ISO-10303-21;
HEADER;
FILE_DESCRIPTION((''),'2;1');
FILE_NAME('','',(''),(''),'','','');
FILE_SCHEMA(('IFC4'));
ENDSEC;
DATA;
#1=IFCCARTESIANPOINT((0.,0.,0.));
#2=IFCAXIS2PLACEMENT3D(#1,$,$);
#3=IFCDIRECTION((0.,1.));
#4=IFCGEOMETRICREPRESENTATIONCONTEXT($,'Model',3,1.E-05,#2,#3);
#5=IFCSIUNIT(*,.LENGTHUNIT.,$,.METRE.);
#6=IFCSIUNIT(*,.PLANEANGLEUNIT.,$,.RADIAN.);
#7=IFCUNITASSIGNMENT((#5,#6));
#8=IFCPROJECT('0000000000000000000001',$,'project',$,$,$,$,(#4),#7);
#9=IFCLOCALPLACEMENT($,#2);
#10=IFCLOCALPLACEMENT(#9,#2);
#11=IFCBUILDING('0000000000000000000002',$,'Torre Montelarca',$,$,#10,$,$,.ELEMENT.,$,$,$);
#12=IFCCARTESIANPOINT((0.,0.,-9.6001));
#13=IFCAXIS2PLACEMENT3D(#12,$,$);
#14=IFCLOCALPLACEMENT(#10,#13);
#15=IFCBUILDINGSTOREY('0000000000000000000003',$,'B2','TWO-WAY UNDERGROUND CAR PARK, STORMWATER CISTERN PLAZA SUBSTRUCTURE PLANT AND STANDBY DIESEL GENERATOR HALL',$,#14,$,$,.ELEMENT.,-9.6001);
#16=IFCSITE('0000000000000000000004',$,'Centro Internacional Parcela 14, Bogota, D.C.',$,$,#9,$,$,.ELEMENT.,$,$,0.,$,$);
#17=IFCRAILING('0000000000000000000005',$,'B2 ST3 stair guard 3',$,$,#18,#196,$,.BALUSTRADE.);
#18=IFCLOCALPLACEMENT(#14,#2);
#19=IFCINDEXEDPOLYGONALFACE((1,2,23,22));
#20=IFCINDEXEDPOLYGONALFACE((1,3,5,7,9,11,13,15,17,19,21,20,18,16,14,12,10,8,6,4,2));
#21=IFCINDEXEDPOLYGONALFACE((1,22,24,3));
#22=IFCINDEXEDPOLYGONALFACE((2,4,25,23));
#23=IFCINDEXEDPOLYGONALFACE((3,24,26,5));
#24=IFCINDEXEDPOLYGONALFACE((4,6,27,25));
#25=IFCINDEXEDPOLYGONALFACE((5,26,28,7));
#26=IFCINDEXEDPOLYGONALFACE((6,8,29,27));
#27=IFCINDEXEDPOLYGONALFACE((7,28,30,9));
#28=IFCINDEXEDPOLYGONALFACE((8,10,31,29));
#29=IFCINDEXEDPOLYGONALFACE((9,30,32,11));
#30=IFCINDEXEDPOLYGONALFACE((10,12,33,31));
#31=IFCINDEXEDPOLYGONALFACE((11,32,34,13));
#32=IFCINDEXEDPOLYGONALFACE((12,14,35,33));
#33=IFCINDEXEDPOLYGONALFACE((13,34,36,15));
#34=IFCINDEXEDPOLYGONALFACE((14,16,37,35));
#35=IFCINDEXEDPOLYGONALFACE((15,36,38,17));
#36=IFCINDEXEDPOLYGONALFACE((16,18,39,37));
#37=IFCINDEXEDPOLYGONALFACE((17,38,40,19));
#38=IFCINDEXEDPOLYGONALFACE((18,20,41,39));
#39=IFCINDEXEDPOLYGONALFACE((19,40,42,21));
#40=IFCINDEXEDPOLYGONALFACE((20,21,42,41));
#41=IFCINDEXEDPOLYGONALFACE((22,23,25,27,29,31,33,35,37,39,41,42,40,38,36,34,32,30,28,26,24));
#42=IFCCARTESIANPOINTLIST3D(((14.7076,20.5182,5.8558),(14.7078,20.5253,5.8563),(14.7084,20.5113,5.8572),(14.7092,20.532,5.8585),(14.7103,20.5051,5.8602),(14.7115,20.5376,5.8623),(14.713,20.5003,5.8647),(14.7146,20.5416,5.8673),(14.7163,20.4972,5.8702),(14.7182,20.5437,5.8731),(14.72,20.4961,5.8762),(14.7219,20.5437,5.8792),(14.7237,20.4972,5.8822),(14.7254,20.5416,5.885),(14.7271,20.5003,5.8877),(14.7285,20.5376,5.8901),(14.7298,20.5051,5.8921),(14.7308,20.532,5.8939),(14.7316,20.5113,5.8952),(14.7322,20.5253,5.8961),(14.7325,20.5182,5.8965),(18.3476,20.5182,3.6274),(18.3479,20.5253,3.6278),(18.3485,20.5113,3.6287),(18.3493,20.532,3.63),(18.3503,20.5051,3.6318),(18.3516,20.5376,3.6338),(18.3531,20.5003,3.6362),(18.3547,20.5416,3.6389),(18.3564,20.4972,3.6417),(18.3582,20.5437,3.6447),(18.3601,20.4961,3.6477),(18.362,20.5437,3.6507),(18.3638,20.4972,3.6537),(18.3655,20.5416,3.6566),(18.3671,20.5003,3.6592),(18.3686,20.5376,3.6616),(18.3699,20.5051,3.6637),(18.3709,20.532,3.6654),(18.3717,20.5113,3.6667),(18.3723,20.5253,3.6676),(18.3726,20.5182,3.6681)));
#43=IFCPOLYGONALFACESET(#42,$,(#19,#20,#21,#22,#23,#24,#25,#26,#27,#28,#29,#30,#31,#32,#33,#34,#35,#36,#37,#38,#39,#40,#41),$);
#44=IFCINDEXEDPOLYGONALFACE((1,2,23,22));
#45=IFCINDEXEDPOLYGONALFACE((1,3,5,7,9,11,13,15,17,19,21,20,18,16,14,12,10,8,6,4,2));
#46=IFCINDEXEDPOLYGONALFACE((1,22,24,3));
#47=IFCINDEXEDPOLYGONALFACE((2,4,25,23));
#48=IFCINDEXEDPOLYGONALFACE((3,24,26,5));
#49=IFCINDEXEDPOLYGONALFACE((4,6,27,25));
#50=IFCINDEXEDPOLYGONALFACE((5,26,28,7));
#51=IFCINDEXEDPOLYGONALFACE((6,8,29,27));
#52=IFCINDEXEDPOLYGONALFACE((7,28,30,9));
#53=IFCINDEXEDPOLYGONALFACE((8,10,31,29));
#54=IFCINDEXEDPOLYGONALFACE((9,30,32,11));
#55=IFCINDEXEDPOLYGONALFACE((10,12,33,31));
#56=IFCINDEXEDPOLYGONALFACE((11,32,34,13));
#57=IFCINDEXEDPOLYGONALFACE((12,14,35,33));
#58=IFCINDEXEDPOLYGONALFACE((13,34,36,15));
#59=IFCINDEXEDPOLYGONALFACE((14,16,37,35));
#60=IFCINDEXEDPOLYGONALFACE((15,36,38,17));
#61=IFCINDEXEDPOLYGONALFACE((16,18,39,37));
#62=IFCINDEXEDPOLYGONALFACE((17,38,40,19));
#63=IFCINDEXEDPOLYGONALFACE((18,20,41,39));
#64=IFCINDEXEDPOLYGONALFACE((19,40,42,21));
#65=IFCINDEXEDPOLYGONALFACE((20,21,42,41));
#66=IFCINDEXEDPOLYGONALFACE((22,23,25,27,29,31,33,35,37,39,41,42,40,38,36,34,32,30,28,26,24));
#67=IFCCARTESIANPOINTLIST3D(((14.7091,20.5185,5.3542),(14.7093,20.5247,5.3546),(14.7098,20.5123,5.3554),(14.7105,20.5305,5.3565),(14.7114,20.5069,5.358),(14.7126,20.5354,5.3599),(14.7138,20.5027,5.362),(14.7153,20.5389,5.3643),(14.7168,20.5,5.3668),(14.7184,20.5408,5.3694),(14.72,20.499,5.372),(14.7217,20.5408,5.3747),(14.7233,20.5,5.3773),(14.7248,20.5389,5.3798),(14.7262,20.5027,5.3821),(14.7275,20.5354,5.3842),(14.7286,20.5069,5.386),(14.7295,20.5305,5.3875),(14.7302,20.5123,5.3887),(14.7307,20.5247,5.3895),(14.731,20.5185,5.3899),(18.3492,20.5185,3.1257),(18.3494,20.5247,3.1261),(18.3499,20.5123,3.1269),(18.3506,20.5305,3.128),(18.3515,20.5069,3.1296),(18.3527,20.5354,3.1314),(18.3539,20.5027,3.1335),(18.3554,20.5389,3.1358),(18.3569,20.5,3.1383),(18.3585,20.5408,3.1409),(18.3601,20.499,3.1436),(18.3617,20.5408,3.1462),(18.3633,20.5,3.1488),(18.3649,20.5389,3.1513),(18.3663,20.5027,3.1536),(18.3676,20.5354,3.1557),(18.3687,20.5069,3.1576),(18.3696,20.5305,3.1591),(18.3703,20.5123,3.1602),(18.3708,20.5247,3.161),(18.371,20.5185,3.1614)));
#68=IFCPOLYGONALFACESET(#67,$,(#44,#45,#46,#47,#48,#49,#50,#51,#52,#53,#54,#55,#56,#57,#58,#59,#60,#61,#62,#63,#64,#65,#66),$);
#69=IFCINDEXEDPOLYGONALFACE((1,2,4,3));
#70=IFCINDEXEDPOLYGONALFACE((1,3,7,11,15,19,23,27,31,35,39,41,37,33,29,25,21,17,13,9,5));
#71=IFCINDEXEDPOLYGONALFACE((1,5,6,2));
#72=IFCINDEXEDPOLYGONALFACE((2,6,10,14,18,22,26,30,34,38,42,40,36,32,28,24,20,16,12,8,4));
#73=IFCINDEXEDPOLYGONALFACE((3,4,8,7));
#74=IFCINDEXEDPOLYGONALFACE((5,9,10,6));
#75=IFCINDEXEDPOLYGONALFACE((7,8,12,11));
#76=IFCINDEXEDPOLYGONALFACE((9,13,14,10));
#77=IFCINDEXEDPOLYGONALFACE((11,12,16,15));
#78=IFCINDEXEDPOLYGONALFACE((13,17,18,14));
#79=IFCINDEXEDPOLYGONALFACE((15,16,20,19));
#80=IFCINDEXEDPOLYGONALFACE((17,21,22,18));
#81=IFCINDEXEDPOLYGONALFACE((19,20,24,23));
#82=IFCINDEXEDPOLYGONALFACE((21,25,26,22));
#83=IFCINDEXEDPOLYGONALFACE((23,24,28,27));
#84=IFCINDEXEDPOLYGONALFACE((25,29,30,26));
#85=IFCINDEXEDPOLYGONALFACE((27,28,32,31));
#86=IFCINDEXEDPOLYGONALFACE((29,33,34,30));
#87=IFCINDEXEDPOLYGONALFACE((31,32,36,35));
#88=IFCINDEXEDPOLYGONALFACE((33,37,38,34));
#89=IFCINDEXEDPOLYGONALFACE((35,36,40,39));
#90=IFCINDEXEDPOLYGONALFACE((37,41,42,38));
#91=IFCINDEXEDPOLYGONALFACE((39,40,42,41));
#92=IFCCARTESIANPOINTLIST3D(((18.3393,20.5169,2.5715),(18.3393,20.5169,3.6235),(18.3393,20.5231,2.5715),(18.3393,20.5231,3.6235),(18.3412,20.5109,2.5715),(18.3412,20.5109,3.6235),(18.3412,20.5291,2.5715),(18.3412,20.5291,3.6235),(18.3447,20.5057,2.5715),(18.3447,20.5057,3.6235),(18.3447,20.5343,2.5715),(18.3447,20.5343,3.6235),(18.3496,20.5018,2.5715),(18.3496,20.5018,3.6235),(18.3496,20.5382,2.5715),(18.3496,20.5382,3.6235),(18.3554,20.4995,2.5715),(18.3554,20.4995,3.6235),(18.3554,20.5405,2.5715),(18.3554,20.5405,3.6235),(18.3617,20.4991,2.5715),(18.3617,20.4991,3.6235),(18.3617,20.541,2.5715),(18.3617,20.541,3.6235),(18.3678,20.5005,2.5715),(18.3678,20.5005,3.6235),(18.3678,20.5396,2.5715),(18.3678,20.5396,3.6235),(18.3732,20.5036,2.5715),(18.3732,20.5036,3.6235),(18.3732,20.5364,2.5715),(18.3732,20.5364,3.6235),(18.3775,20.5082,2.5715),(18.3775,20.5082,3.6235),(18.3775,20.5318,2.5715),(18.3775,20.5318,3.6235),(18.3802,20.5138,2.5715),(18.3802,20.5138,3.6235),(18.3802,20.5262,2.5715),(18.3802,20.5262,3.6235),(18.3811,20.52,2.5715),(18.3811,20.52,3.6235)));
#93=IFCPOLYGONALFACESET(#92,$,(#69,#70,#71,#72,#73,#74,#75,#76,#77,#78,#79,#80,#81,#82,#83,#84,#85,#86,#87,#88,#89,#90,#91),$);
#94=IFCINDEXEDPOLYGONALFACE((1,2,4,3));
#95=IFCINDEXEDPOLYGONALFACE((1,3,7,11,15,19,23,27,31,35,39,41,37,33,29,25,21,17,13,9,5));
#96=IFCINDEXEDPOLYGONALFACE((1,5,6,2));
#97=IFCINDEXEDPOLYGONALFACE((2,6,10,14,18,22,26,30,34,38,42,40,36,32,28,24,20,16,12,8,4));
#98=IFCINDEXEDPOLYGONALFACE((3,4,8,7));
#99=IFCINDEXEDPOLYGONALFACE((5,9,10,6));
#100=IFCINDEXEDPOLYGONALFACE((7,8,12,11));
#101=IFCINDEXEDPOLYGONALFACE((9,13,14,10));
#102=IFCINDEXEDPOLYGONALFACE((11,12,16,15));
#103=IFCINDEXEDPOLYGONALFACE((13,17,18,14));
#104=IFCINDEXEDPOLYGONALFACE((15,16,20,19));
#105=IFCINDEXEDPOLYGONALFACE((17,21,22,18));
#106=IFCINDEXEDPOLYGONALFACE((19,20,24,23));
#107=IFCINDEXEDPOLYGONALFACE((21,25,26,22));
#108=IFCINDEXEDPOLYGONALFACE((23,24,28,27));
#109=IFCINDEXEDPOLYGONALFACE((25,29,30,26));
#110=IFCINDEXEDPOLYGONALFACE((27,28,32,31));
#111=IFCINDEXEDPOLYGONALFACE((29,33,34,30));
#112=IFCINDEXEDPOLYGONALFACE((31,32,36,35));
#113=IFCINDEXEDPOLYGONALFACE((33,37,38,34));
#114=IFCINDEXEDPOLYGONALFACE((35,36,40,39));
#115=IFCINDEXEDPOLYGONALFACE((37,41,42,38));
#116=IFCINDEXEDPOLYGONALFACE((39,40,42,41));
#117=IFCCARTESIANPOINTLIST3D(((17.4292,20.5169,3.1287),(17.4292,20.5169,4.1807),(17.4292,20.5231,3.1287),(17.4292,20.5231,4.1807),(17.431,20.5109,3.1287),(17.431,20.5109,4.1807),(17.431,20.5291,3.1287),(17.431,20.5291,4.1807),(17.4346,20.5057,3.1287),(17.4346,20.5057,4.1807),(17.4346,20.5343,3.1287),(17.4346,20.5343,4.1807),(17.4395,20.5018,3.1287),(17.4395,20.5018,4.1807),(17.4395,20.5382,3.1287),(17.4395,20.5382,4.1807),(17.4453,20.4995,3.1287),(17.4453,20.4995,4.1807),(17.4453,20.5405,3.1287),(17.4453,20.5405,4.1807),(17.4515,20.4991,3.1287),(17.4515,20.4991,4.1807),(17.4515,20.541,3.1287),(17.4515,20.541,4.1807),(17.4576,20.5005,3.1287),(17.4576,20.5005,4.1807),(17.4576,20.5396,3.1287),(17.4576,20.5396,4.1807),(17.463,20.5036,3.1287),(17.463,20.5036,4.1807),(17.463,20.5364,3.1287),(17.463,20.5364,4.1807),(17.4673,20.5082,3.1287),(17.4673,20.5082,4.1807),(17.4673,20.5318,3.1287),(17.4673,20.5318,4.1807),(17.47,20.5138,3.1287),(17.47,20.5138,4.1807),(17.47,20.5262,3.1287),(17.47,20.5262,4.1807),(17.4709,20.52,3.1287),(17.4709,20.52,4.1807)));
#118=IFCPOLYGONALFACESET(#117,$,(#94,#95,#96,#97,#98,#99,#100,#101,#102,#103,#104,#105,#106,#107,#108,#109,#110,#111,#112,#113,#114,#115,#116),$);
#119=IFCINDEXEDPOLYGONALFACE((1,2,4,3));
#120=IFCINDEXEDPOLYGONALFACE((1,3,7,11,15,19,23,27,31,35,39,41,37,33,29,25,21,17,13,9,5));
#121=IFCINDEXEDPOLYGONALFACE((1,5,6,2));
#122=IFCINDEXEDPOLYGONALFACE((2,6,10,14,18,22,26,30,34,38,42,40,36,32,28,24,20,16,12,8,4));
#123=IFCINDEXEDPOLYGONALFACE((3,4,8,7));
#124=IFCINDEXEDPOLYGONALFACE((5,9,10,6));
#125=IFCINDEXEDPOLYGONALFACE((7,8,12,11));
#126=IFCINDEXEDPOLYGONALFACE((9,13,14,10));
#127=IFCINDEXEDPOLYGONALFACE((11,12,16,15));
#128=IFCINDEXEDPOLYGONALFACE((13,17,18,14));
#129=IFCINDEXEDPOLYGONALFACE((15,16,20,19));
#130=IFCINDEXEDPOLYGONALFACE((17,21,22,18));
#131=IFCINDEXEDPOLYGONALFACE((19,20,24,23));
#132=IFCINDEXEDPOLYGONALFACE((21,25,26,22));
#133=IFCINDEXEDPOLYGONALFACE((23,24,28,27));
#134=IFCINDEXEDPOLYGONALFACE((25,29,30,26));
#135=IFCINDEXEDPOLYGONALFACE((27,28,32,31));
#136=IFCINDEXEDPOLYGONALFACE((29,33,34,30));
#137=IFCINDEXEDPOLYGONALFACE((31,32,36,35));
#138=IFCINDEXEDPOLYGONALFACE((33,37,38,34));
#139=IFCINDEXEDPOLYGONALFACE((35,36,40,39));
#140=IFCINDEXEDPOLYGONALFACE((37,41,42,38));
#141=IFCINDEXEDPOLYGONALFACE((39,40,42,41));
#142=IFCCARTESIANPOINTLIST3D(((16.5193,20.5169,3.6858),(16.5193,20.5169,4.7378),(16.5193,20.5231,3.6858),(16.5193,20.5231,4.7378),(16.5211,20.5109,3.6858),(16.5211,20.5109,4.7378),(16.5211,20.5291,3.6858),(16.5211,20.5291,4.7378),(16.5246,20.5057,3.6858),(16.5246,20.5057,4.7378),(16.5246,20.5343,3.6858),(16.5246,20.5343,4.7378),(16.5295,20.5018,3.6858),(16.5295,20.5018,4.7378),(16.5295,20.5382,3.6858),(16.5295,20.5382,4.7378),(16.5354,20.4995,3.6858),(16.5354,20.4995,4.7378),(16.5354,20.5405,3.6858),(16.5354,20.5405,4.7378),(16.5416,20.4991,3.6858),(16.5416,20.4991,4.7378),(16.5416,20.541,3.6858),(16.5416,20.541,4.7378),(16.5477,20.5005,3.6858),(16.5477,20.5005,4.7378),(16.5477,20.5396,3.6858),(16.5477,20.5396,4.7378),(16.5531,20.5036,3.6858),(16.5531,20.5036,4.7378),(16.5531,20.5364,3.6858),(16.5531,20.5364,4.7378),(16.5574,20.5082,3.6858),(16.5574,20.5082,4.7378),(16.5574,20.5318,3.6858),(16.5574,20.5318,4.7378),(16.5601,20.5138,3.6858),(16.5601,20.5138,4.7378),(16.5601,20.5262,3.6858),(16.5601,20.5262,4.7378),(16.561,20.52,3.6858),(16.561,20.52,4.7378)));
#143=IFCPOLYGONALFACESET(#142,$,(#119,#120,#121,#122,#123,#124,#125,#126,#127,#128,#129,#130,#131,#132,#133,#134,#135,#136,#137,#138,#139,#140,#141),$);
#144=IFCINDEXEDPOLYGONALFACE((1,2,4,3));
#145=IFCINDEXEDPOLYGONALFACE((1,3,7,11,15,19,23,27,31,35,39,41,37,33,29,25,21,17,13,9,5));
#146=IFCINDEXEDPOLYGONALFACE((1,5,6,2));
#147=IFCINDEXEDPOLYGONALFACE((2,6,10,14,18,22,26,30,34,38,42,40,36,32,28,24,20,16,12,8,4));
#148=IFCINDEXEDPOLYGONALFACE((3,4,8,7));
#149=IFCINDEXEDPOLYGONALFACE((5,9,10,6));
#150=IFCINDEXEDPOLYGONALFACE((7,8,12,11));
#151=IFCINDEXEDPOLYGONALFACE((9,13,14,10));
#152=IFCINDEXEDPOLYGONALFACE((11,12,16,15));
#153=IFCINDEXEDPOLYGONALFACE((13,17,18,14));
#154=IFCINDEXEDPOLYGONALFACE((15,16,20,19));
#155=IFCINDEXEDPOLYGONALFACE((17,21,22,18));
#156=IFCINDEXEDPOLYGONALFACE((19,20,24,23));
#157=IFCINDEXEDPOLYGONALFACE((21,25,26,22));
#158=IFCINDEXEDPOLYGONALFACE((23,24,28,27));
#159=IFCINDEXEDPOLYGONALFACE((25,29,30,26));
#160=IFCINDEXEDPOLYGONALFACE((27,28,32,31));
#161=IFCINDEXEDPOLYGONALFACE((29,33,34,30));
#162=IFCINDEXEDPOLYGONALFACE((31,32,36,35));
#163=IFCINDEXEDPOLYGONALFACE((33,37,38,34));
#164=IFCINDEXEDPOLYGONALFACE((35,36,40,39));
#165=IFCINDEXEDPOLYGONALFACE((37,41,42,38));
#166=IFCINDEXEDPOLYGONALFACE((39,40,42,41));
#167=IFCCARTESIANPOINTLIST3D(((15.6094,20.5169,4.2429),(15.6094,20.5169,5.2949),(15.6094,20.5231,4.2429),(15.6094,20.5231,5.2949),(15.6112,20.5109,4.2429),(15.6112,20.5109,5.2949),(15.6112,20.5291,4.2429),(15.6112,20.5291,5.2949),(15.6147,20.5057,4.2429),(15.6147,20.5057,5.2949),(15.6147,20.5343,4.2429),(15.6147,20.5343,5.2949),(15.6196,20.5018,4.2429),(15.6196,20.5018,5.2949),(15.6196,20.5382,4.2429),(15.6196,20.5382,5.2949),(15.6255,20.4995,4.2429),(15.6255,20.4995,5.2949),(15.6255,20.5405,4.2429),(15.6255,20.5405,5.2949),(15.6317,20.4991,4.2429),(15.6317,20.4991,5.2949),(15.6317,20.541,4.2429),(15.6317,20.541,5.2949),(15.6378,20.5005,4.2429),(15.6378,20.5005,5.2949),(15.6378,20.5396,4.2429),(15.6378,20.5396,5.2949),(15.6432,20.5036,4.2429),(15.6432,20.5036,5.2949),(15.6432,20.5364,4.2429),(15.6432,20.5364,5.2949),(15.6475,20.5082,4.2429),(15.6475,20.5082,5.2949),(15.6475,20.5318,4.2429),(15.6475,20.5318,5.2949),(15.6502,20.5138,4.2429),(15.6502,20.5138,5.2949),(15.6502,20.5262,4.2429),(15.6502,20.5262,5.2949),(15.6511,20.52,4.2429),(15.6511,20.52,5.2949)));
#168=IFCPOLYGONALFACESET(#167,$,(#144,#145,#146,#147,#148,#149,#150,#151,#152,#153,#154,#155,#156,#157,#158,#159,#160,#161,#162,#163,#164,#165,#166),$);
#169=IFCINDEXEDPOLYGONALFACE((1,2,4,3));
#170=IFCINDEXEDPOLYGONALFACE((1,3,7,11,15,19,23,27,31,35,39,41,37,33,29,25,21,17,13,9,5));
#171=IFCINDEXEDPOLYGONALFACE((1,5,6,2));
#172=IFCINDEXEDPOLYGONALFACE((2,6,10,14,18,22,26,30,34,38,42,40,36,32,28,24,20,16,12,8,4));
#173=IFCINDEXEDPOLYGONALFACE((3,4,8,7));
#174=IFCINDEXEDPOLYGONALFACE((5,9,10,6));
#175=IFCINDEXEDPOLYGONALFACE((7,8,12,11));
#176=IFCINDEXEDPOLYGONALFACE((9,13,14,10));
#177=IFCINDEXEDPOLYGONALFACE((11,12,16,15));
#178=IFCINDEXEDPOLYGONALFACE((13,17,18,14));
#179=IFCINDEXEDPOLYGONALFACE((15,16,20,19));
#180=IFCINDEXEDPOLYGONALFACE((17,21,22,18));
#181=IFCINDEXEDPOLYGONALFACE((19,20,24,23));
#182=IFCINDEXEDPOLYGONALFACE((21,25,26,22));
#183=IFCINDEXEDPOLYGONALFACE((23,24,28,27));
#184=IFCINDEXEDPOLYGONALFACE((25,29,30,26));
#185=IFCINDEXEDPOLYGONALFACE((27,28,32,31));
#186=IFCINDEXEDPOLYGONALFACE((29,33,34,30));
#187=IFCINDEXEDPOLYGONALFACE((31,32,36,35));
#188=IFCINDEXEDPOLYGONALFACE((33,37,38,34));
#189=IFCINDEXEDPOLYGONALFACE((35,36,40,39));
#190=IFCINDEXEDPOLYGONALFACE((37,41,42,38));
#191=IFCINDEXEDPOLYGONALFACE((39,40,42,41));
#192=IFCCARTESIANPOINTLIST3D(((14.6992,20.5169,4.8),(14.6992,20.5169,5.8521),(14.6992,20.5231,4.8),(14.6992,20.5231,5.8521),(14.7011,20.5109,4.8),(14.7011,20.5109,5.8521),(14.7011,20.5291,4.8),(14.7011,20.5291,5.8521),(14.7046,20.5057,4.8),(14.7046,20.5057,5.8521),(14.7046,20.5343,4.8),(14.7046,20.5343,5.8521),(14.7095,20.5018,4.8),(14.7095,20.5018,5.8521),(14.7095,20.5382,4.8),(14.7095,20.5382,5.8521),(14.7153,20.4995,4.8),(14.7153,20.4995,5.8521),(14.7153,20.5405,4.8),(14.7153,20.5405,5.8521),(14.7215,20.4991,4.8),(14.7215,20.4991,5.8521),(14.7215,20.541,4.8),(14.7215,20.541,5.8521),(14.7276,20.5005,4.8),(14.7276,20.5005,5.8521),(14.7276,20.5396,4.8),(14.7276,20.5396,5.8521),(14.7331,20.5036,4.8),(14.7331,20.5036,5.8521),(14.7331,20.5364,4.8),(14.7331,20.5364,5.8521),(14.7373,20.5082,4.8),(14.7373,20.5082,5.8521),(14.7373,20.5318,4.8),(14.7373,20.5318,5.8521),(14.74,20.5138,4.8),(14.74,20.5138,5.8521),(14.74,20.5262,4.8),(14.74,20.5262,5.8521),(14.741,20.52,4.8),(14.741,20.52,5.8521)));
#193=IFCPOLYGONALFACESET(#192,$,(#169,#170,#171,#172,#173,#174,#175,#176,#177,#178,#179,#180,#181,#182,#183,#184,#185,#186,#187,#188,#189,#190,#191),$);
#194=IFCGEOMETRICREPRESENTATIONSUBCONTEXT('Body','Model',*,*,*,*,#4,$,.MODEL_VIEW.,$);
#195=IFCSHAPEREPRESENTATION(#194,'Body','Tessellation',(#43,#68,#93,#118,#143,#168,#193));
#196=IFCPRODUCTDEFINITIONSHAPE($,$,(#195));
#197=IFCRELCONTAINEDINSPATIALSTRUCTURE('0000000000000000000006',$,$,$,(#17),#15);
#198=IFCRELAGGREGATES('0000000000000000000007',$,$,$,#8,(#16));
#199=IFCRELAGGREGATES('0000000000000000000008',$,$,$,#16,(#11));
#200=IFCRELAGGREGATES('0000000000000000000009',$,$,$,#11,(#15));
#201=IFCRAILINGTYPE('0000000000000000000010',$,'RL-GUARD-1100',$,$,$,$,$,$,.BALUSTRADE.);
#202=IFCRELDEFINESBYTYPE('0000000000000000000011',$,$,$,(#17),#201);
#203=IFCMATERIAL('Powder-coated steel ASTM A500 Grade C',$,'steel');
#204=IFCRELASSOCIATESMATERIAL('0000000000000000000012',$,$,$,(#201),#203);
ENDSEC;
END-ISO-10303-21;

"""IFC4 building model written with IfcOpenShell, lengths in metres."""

from ifc_helpers import new_model, si_unit, direction, frame, origin, origin_2d, place, context, subcontext, project, spatial, circle, extrude, material, type_object, element, save


model = new_model("IFC4")

# Units and contexts
model_context = context("Model", 3, precision=1e-05, world=origin(), true_north=direction((0.0, 1.0)))
body_context = subcontext(model_context, "Body", "Model", "MODEL_VIEW")
ifc_project = project(units=[si_unit("LENGTHUNIT", "METRE"), si_unit("PLANEANGLEUNIT", "RADIAN")], contexts=[model_context])

# Site, building, storey
site_placement = place(None, origin())
site = spatial("IfcSite", under=ifc_project, at=site_placement, Name="Centro Internacional Parcela 14, Bogota, D.C.", CompositionType="ELEMENT", RefElevation=0.0)
building_placement = place(site_placement, origin())
building = spatial("IfcBuilding", under=site, at=building_placement, Name="Torre Montelarca", CompositionType="ELEMENT")
storey_placement = place(building_placement, frame((0.0, 0.0, -9.6001)))
storey = spatial("IfcBuildingStorey", under=building, at=storey_placement, Name="B2", Description="TWO-WAY UNDERGROUND CAR PARK, STORMWATER CISTERN PLAZA SUBSTRUCTURE PLANT AND STANDBY DIESEL GENERATOR HALL", CompositionType="ELEMENT", Elevation=-9.6001)

# Railing
ifc_material_1 = material(Name="Powder-coated steel ASTM A500 Grade C", Category="steel")
railing_type_1 = type_object("IfcRailingType", Name="RL-GUARD-1100", PredefinedType="BALUSTRADE", material=ifc_material_1)
railing_1_placement = place(storey_placement, frame((18.3601, 20.52, 2.5715)))
element("IfcRailing", 1, at=railing_1_placement, inside=storey, type_object=railing_type_1, Name="B2 ST3 stair guard 3", PredefinedType="BALUSTRADE", context=body_context, shape_type="SweptSolid", body=[
    extrude(circle(Radius=0.0239, at=origin_2d()), frame((0.0, 0.0, 1.0762), z_axis=(-0.852866, 0.0, 0.52213), x_axis=(0.0, -1.0, 0.0)), (0.0, 0.0, 1.0), 4.2681),
    extrude(circle(Radius=0.021, at=origin_2d()), frame((0.0, 0.0, 0.572), z_axis=(-0.852866, 0.0, 0.52213), x_axis=(0.0, -1.0, 0.0)), (0.0, 0.0, 1.0), 4.2681),
    extrude(circle(Radius=0.021, at=origin_2d()), origin(), (0.0, 0.0, 1.0), 1.052),
    extrude(circle(Radius=0.021, at=origin_2d()), frame((-0.9102, 0.0, 0.5571)), (0.0, 0.0, 1.0), 1.052),
    extrude(circle(Radius=0.021, at=origin_2d()), frame((-1.8201, 0.0, 1.1143)), (0.0, 0.0, 1.0), 1.052),
    extrude(circle(Radius=0.021, at=origin_2d()), frame((-2.73, 0.0, 1.6714)), (0.0, 0.0, 1.0), 1.052),
    extrude(circle(Radius=0.021, at=origin_2d()), frame((-3.6401, 0.0, 2.2285)), (0.0, 0.0, 1.0), 1.052),
])

save(model, "model.ifc")
